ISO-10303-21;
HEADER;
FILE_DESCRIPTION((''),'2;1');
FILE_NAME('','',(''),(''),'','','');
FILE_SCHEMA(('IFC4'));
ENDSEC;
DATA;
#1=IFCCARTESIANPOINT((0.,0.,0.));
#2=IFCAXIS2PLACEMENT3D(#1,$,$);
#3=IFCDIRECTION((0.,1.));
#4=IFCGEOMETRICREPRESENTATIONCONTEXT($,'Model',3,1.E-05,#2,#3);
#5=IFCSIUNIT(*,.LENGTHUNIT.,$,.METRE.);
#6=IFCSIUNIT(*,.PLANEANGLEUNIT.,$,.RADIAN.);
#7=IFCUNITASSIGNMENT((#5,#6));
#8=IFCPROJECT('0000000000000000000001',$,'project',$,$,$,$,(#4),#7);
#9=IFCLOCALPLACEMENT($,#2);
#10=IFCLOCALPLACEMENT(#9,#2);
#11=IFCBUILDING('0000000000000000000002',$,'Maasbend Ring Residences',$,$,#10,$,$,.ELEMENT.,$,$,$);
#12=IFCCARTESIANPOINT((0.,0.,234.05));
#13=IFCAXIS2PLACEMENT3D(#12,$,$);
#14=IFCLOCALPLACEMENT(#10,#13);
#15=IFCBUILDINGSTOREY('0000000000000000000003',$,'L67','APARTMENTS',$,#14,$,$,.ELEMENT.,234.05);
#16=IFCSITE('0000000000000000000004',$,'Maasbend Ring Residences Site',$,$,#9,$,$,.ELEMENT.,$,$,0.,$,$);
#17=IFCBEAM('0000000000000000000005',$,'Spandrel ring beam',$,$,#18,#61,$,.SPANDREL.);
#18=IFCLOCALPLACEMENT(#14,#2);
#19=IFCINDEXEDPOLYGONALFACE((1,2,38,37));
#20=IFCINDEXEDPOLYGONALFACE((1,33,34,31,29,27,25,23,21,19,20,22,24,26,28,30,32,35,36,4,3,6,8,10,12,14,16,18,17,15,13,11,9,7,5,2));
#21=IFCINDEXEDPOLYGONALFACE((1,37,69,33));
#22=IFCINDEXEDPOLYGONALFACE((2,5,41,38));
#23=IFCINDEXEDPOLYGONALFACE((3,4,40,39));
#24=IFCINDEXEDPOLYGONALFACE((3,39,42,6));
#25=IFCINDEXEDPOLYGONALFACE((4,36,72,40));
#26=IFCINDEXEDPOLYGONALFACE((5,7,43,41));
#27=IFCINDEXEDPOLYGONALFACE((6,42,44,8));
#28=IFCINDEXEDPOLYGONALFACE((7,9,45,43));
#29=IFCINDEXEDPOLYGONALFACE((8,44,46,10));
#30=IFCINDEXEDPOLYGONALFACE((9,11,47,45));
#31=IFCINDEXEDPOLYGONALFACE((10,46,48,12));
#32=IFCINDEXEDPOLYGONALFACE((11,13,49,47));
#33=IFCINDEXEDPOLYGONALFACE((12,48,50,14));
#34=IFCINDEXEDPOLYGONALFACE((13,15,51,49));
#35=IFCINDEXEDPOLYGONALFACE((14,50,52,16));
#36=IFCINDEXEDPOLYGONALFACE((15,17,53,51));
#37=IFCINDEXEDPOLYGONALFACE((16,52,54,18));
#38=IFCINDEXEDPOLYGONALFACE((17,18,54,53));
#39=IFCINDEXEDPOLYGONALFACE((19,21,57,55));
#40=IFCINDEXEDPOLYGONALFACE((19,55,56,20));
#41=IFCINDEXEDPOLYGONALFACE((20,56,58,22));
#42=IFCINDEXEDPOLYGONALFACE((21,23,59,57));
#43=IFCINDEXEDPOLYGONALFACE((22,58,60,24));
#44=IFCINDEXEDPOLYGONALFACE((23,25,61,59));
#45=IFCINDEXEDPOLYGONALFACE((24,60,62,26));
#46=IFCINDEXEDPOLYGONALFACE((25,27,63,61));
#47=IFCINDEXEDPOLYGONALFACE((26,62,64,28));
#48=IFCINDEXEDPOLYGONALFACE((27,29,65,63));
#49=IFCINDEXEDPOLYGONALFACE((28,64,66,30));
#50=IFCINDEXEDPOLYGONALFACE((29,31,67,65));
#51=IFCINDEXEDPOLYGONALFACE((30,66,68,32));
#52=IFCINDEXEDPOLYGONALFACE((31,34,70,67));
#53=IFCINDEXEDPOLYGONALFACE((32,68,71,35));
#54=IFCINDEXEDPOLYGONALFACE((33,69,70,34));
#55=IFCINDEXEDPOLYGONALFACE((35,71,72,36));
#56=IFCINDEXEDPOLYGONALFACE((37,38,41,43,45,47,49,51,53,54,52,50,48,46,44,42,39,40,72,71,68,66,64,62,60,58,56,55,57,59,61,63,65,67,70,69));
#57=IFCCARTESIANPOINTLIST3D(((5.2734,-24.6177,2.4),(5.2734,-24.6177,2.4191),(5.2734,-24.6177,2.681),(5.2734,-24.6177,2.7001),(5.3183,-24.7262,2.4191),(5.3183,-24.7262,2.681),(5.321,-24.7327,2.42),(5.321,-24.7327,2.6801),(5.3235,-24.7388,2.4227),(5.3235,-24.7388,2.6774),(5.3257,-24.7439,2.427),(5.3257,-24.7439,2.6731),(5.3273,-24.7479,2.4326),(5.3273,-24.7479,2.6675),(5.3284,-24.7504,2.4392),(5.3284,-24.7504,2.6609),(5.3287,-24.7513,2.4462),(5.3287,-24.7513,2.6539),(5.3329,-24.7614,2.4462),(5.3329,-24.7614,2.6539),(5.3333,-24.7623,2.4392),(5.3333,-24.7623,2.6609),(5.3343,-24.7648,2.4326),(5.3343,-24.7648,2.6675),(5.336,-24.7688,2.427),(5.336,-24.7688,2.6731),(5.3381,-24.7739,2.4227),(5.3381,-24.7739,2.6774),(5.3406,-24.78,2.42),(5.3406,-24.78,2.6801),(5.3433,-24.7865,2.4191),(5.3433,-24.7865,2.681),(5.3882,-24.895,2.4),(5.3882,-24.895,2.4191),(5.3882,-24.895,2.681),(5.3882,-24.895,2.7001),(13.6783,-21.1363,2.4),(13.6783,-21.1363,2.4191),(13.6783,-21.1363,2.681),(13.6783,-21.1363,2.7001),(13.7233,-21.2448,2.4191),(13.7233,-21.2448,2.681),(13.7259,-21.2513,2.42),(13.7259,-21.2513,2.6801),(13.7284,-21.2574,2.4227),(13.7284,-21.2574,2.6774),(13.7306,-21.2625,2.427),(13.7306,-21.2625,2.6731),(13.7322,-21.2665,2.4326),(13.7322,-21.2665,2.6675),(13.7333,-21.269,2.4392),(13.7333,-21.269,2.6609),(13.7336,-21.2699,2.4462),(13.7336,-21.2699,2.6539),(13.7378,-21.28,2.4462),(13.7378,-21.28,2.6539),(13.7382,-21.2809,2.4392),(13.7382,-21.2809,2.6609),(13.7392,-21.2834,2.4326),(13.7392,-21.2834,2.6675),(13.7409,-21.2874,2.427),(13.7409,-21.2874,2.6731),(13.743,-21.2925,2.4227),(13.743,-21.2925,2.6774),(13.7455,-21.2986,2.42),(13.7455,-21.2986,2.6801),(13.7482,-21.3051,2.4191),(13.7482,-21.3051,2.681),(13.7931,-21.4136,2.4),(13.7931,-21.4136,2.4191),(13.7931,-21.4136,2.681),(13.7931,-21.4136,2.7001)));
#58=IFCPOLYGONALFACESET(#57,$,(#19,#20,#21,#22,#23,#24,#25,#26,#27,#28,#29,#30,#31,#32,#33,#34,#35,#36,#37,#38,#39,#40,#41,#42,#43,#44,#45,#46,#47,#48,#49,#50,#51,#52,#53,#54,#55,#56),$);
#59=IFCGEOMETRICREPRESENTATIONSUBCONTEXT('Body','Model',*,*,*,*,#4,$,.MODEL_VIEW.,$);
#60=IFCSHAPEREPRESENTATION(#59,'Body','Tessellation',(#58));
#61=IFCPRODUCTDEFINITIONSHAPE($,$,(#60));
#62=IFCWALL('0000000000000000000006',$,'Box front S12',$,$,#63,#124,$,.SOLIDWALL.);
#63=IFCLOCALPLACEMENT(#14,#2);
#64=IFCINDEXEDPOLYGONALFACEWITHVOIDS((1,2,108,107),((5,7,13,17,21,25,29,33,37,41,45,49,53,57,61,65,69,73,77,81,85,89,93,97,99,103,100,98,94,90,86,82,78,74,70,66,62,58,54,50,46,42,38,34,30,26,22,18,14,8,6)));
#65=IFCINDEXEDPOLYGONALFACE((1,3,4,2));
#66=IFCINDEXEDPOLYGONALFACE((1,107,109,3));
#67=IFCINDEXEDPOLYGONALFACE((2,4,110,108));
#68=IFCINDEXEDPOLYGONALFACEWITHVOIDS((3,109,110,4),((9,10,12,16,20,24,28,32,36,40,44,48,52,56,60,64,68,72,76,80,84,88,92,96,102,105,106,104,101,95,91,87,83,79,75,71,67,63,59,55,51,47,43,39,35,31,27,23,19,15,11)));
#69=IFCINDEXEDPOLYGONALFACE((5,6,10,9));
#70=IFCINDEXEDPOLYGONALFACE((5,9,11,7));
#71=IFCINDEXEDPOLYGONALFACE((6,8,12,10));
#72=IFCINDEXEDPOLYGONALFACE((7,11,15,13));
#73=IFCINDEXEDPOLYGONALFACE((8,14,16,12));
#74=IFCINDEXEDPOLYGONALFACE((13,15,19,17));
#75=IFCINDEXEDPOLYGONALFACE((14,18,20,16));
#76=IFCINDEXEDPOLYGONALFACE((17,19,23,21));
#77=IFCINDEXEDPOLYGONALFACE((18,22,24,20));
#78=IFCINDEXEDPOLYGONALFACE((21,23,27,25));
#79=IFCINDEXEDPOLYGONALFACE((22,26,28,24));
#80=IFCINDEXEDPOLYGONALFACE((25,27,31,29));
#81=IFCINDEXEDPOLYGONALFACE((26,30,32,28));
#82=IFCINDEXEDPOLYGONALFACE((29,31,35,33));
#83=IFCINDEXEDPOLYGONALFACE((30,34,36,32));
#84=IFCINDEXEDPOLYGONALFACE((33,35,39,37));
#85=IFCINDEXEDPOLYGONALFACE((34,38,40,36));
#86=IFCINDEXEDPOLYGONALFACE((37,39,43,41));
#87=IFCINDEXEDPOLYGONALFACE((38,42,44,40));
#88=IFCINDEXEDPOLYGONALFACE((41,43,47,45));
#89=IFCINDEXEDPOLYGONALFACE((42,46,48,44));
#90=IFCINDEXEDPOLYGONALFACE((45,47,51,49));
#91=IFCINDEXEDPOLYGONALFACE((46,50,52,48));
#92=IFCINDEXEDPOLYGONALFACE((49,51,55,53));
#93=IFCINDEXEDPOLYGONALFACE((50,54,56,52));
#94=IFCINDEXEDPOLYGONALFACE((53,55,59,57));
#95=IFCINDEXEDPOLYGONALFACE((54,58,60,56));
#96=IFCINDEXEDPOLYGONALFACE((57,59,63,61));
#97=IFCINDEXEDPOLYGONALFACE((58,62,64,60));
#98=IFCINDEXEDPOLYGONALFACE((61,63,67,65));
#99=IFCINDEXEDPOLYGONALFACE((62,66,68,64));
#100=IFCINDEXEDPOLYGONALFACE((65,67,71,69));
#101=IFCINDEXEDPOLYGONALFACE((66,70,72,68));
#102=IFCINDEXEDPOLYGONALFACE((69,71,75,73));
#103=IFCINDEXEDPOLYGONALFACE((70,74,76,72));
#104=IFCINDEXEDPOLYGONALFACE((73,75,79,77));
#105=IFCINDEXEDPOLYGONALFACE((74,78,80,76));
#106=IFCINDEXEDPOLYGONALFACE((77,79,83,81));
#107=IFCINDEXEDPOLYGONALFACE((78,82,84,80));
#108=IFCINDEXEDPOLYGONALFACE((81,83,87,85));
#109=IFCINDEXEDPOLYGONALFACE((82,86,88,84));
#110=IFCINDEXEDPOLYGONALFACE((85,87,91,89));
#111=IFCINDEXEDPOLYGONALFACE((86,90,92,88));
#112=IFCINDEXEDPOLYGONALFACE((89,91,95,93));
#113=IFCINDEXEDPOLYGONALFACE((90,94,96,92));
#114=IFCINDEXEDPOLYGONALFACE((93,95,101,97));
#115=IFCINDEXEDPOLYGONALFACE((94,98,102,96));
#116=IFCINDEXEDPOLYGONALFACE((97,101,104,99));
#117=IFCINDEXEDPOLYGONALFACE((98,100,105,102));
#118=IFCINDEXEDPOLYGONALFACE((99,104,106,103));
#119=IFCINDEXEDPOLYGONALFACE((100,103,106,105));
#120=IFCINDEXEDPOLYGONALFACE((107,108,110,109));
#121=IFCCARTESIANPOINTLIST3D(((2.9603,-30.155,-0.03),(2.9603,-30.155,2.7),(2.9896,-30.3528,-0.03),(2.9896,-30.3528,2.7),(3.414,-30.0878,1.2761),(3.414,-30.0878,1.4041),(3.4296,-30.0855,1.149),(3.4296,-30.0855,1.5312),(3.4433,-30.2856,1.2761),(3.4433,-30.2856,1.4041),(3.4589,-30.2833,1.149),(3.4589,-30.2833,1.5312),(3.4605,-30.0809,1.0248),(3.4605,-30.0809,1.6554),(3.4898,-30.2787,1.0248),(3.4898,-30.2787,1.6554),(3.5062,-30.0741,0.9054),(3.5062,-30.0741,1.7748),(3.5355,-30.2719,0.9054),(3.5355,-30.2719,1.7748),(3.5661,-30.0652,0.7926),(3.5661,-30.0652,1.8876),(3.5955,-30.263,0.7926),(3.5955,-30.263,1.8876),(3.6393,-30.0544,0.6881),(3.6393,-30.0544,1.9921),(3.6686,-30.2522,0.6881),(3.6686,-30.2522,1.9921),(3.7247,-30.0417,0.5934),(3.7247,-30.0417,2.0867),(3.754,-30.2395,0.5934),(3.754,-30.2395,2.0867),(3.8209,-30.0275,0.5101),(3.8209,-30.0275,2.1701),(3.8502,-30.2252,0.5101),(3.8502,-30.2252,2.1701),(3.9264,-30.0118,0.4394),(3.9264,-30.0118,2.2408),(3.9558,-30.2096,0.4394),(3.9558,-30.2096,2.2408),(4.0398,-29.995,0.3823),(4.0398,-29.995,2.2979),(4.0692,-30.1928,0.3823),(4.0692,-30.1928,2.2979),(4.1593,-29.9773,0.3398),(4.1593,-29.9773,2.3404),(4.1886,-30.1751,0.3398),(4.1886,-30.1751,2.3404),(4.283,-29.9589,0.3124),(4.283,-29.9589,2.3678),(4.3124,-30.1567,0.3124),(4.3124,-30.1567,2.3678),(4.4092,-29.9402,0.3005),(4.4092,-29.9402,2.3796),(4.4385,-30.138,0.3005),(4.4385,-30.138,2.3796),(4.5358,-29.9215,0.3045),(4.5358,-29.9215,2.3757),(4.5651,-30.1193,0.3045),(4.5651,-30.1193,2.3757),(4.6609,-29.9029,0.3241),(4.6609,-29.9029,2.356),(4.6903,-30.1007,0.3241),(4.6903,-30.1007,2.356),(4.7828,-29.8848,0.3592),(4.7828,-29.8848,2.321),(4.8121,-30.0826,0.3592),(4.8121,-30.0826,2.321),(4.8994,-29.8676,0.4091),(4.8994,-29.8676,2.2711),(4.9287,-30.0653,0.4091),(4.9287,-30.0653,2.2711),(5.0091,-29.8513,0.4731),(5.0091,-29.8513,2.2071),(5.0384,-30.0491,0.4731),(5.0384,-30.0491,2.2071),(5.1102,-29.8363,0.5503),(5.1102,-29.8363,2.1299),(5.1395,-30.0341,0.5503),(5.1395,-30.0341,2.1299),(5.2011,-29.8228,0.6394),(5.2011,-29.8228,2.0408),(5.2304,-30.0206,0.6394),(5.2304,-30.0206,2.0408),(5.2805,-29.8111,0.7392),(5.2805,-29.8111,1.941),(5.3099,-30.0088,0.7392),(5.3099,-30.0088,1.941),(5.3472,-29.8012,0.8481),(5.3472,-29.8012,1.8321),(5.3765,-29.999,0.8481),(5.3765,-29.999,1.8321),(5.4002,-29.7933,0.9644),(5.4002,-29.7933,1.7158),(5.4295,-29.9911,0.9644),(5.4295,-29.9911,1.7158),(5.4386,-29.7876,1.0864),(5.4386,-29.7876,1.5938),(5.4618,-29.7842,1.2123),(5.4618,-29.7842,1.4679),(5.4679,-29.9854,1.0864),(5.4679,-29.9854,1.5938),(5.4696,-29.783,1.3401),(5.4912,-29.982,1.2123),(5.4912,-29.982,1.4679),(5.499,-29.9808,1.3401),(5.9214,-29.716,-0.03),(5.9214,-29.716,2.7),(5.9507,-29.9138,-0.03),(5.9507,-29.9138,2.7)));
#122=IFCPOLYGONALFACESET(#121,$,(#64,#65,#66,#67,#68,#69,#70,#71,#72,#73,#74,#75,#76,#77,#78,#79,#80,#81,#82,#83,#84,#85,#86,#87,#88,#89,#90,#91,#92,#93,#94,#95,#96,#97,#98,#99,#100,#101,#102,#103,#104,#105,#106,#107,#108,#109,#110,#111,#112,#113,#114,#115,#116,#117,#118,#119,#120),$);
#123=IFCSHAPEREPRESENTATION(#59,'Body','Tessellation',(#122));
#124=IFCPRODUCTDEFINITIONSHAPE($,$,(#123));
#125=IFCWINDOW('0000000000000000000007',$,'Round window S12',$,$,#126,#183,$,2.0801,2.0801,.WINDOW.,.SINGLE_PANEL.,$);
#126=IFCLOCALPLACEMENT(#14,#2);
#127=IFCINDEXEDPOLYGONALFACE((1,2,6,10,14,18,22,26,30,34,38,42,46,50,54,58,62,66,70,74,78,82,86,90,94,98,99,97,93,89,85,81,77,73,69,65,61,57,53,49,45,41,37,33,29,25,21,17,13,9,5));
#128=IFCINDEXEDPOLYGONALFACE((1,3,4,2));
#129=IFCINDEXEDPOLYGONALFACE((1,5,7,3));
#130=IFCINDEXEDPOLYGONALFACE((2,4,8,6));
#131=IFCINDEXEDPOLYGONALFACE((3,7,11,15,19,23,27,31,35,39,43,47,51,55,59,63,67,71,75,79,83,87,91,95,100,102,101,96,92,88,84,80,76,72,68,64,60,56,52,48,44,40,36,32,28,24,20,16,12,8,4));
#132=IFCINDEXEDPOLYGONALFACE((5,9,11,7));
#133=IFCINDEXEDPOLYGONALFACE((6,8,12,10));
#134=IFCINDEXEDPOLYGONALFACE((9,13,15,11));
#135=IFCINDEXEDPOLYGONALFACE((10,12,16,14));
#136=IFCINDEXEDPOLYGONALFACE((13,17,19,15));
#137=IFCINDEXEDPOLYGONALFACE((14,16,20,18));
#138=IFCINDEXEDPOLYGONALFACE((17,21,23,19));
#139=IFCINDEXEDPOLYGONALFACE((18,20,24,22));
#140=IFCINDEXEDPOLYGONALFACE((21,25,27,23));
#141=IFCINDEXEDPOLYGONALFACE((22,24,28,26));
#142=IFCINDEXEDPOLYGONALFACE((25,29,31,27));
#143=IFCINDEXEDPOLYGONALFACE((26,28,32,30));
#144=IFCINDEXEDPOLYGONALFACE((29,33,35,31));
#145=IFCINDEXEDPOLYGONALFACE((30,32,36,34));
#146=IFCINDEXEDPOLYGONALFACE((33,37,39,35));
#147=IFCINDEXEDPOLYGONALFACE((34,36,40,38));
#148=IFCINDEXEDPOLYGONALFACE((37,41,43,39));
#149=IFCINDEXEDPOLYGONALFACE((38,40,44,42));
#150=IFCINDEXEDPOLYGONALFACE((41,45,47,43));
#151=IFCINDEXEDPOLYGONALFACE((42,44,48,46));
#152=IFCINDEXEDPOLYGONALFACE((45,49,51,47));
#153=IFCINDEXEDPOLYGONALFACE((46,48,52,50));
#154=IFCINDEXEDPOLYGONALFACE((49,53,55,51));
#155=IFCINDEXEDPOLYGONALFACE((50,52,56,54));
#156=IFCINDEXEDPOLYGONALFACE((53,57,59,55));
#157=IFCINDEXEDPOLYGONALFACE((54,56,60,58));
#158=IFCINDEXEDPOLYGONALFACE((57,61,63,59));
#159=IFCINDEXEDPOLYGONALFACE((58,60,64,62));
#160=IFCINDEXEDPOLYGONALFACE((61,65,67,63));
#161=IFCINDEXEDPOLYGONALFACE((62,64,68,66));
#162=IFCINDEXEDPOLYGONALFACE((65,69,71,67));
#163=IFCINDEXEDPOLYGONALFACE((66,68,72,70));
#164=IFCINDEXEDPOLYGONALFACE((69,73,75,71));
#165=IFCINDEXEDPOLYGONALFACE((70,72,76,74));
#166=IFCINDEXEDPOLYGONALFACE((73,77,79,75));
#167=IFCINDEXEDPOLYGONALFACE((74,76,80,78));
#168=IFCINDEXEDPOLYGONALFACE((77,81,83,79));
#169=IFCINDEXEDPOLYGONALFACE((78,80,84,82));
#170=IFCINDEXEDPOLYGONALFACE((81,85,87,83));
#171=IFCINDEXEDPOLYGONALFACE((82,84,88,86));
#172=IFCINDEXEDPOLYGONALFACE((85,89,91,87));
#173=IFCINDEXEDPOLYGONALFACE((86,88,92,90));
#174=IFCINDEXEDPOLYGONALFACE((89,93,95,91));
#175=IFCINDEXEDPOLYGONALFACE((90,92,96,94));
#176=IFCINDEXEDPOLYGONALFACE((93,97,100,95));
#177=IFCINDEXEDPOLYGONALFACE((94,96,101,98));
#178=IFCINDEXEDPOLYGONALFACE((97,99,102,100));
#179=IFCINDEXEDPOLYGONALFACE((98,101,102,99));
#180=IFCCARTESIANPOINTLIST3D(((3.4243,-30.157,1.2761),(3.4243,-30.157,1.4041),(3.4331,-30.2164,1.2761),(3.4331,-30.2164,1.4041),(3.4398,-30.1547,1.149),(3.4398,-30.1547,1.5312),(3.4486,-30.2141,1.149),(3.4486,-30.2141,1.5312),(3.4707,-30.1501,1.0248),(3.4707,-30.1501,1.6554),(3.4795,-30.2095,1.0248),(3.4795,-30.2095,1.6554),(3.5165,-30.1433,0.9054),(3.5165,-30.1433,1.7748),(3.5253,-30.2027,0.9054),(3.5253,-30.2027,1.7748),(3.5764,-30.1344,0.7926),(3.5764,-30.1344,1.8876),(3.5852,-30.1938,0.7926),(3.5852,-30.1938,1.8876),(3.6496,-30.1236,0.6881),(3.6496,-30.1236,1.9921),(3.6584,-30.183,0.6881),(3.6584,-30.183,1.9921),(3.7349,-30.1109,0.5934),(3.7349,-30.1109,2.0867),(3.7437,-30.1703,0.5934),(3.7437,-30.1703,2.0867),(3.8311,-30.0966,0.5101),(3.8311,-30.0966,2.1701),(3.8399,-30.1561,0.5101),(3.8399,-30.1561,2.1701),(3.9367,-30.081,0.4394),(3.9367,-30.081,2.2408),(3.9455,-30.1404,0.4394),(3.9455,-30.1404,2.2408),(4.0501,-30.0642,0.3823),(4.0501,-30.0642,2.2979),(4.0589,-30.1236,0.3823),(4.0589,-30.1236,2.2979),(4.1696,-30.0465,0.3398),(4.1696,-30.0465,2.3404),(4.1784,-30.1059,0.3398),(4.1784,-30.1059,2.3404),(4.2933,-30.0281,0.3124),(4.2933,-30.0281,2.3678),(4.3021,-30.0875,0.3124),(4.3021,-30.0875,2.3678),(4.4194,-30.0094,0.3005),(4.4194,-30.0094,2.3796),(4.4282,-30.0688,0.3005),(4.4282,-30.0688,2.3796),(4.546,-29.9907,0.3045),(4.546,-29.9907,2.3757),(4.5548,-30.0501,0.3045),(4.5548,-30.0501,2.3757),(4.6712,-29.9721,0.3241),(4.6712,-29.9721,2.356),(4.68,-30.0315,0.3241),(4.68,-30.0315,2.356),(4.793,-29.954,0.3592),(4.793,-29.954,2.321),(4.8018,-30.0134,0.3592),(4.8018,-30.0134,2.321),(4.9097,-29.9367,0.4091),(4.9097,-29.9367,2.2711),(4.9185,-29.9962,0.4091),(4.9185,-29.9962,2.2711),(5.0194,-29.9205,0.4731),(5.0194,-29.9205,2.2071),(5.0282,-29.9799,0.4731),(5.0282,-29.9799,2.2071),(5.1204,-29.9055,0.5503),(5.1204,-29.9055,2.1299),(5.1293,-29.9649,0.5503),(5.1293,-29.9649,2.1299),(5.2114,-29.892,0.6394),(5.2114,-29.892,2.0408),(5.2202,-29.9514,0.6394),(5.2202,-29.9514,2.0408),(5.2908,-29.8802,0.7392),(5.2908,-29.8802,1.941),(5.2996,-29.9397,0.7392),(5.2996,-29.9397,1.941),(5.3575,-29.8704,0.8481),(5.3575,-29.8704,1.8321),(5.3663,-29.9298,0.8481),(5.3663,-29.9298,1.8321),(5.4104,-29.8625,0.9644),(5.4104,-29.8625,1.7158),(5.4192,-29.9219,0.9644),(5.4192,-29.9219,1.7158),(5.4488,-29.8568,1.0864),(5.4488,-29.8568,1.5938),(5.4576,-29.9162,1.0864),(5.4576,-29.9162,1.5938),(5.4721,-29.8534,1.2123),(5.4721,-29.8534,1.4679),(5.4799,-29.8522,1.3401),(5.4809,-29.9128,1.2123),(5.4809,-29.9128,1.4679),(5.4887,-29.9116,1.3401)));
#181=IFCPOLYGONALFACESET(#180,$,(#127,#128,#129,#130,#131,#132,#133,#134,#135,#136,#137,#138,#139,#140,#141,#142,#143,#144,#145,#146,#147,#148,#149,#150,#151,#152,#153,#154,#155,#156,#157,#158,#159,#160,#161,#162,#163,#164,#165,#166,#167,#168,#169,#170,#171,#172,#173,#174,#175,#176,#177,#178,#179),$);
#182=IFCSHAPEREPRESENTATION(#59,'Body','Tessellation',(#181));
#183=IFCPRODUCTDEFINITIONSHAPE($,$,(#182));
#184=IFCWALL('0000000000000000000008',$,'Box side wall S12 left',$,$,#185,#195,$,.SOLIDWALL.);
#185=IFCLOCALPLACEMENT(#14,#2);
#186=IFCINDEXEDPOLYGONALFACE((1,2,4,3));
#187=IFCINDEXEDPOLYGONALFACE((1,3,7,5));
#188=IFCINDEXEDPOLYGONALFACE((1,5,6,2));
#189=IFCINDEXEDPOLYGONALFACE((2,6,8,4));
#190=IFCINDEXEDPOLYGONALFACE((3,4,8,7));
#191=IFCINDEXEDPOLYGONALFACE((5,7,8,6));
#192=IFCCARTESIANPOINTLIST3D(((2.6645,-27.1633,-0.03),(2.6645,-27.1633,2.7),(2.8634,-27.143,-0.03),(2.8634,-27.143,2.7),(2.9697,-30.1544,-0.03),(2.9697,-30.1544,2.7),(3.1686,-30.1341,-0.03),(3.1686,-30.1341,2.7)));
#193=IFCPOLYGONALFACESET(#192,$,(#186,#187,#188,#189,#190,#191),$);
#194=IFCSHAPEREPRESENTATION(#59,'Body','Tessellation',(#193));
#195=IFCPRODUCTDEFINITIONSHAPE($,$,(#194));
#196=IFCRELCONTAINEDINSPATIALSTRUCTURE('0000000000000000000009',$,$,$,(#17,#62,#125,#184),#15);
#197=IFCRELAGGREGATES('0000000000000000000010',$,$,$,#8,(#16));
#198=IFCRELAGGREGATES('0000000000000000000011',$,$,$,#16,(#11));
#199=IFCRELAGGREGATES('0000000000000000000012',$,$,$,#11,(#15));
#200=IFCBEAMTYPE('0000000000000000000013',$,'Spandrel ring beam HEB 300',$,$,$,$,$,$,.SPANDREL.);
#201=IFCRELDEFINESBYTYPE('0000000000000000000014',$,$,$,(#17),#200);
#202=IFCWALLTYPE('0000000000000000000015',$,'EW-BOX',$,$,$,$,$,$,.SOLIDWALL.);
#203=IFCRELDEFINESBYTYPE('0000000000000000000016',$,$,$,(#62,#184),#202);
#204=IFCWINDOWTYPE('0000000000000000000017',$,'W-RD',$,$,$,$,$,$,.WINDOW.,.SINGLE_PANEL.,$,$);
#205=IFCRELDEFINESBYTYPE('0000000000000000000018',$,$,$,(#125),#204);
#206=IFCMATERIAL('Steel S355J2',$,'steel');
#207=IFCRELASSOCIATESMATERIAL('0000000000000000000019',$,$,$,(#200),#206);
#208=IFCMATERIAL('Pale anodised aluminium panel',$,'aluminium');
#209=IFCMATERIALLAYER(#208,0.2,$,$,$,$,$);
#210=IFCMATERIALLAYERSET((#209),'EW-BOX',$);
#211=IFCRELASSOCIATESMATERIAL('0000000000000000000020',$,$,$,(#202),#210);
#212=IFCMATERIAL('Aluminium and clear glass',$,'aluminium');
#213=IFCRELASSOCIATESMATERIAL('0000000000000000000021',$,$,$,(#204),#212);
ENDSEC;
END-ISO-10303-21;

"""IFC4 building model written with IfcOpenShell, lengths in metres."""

from ifc_helpers import new_model, si_unit, direction, frame, frame_2d, origin, origin_2d, place, context, subcontext, project, spatial, rectangle, circle, i_section, extrude, material, layer, layer_set, material_profile, profile_set, type_object, element, fill, save


model = new_model("IFC4")

# Units and contexts
model_context = context("Model", 3, precision=1e-05, world=origin(), true_north=direction((0.0, 1.0)))
body_context = subcontext(model_context, "Body", "Model", "MODEL_VIEW")
ifc_project = project(units=[si_unit("LENGTHUNIT", "METRE"), si_unit("PLANEANGLEUNIT", "RADIAN")], contexts=[model_context])

# Site, building, storey
site_placement = place(None, origin())
site = spatial("IfcSite", under=ifc_project, at=site_placement, Name="Maasbend Ring Residences Site", CompositionType="ELEMENT", RefElevation=0.0)
building_placement = place(site_placement, origin())
building = spatial("IfcBuilding", under=site, at=building_placement, Name="Maasbend Ring Residences", CompositionType="ELEMENT")
storey_placement = place(building_placement, frame((0.0, 0.0, 234.05)))
storey = spatial("IfcBuildingStorey", under=building, at=storey_placement, Name="L67", Description="APARTMENTS", CompositionType="ELEMENT", Elevation=234.05)

# Beam
ifc_material_1 = material(Name="Steel S355J2", Category="steel")
ifc_material_profile_1 = material_profile(ifc_material_1, i_section(OverallWidth=0.3, OverallDepth=0.3, WebThickness=0.011, FlangeThickness=0.019, FilletRadius=0.0271, at=origin_2d()), Name="HEB 300")
ifc_profile_set_1 = profile_set([ifc_material_profile_1], Name="Steel S355J2")
beam_type = type_object("IfcBeamType", Name="Spandrel ring beam HEB 300", PredefinedType="SPANDREL", material=ifc_profile_set_1)
beam_placement = place(storey_placement, frame((5.3308, -24.7563, 2.55), z_axis=(0.923881, 0.38268, 0.0), x_axis=(-0.38268, 0.923881, 0.0)))
element("IfcBeam", 1, at=beam_placement, inside=storey, type_object=beam_type, Name="Spandrel ring beam", PredefinedType="SPANDREL", context=body_context, shape_type="SweptSolid", body=[
    extrude(i_section(OverallWidth=0.3, OverallDepth=0.3, WebThickness=0.011, FlangeThickness=0.019, FilletRadius=0.0271, at=origin_2d()), origin(), (0.0, 0.0, 1.0), 9.0974),
])

# Wall, opening, window
ifc_material_2 = material(Name="Pale anodised aluminium panel", Category="aluminium")
ifc_layer_1 = layer(ifc_material_2, 0.2)
ifc_layer_set_1 = layer_set([ifc_layer_1], Name="EW-BOX")
wall_type_1 = type_object("IfcWallType", Name="EW-BOX", PredefinedType="SOLIDWALL", material=ifc_layer_set_1)
wall_1_placement = place(storey_placement, frame((2.9751, -30.2539, -0.03), z_axis=(0.0, 0.0, 1.0), x_axis=(0.989189, 0.146649, 0.0)))
wall_1 = element("IfcWall", 2, at=wall_1_placement, inside=storey, type_object=wall_type_1, Name="Box front S12", PredefinedType="SOLIDWALL", context=body_context, shape_type="SweptSolid", body=[
    extrude(rectangle(XDim=2.9934, YDim=0.2, at=frame_2d((1.4966, 0.0))), origin(), (0.0, 0.0, 1.0), 2.73),
])
opening_1_placement = place(wall_1_placement, frame((0.4565, 0.0, 0.3301)))
opening_1 = element("IfcOpeningElement", 3, at=opening_1_placement, cuts=wall_1, PredefinedType="OPENING", context=body_context, shape_type="SweptSolid", body=[
    extrude(circle(Radius=1.04, at=frame_2d((1.04, 1.04))), frame((0.0, 0.1099, 0.0), z_axis=(0.0, -1.0, 0.0), x_axis=(1.0, 0.0, 0.0)), (0.0, 0.0, 1.0), 0.22),
])
ifc_material_3 = material(Name="Aluminium and clear glass", Category="aluminium")
window_type_1 = type_object("IfcWindowType", Name="W-RD", PartitioningType="SINGLE_PANEL", PredefinedType="WINDOW", material=ifc_material_3)
window_1_placement = place(opening_1_placement, origin())
window_1 = element("IfcWindow", 4, at=window_1_placement, inside=storey, type_object=window_type_1, Name="Round window S12", OverallHeight=2.0801, OverallWidth=2.0801, PartitioningType="SINGLE_PANEL", PredefinedType="WINDOW", context=body_context, shape_type="SweptSolid", body=[
    extrude(circle(Radius=1.04, at=frame_2d((1.04, 1.04))), frame((0.0, 0.03, 0.0), z_axis=(0.0, -1.0, 0.0), x_axis=(1.0, 0.0, 0.0)), (0.0, 0.0, 1.0), 0.0601),
])
fill(opening_1, window_1)

# Wall
wall_2_placement = place(storey_placement, frame((2.7639, -27.1531, -0.03), z_axis=(0.0, 0.0, 1.0), x_axis=(0.101505, -0.994835, 0.0)))
element("IfcWall", 5, at=wall_2_placement, inside=storey, type_object=wall_type_1, Name="Box side wall S12 left", PredefinedType="SOLIDWALL", context=body_context, shape_type="SweptSolid", body=[
    extrude(rectangle(XDim=3.0066, YDim=0.2, at=frame_2d((1.5034, 0.0))), origin(), (0.0, 0.0, 1.0), 2.73),
])

save(model, "model.ifc")
